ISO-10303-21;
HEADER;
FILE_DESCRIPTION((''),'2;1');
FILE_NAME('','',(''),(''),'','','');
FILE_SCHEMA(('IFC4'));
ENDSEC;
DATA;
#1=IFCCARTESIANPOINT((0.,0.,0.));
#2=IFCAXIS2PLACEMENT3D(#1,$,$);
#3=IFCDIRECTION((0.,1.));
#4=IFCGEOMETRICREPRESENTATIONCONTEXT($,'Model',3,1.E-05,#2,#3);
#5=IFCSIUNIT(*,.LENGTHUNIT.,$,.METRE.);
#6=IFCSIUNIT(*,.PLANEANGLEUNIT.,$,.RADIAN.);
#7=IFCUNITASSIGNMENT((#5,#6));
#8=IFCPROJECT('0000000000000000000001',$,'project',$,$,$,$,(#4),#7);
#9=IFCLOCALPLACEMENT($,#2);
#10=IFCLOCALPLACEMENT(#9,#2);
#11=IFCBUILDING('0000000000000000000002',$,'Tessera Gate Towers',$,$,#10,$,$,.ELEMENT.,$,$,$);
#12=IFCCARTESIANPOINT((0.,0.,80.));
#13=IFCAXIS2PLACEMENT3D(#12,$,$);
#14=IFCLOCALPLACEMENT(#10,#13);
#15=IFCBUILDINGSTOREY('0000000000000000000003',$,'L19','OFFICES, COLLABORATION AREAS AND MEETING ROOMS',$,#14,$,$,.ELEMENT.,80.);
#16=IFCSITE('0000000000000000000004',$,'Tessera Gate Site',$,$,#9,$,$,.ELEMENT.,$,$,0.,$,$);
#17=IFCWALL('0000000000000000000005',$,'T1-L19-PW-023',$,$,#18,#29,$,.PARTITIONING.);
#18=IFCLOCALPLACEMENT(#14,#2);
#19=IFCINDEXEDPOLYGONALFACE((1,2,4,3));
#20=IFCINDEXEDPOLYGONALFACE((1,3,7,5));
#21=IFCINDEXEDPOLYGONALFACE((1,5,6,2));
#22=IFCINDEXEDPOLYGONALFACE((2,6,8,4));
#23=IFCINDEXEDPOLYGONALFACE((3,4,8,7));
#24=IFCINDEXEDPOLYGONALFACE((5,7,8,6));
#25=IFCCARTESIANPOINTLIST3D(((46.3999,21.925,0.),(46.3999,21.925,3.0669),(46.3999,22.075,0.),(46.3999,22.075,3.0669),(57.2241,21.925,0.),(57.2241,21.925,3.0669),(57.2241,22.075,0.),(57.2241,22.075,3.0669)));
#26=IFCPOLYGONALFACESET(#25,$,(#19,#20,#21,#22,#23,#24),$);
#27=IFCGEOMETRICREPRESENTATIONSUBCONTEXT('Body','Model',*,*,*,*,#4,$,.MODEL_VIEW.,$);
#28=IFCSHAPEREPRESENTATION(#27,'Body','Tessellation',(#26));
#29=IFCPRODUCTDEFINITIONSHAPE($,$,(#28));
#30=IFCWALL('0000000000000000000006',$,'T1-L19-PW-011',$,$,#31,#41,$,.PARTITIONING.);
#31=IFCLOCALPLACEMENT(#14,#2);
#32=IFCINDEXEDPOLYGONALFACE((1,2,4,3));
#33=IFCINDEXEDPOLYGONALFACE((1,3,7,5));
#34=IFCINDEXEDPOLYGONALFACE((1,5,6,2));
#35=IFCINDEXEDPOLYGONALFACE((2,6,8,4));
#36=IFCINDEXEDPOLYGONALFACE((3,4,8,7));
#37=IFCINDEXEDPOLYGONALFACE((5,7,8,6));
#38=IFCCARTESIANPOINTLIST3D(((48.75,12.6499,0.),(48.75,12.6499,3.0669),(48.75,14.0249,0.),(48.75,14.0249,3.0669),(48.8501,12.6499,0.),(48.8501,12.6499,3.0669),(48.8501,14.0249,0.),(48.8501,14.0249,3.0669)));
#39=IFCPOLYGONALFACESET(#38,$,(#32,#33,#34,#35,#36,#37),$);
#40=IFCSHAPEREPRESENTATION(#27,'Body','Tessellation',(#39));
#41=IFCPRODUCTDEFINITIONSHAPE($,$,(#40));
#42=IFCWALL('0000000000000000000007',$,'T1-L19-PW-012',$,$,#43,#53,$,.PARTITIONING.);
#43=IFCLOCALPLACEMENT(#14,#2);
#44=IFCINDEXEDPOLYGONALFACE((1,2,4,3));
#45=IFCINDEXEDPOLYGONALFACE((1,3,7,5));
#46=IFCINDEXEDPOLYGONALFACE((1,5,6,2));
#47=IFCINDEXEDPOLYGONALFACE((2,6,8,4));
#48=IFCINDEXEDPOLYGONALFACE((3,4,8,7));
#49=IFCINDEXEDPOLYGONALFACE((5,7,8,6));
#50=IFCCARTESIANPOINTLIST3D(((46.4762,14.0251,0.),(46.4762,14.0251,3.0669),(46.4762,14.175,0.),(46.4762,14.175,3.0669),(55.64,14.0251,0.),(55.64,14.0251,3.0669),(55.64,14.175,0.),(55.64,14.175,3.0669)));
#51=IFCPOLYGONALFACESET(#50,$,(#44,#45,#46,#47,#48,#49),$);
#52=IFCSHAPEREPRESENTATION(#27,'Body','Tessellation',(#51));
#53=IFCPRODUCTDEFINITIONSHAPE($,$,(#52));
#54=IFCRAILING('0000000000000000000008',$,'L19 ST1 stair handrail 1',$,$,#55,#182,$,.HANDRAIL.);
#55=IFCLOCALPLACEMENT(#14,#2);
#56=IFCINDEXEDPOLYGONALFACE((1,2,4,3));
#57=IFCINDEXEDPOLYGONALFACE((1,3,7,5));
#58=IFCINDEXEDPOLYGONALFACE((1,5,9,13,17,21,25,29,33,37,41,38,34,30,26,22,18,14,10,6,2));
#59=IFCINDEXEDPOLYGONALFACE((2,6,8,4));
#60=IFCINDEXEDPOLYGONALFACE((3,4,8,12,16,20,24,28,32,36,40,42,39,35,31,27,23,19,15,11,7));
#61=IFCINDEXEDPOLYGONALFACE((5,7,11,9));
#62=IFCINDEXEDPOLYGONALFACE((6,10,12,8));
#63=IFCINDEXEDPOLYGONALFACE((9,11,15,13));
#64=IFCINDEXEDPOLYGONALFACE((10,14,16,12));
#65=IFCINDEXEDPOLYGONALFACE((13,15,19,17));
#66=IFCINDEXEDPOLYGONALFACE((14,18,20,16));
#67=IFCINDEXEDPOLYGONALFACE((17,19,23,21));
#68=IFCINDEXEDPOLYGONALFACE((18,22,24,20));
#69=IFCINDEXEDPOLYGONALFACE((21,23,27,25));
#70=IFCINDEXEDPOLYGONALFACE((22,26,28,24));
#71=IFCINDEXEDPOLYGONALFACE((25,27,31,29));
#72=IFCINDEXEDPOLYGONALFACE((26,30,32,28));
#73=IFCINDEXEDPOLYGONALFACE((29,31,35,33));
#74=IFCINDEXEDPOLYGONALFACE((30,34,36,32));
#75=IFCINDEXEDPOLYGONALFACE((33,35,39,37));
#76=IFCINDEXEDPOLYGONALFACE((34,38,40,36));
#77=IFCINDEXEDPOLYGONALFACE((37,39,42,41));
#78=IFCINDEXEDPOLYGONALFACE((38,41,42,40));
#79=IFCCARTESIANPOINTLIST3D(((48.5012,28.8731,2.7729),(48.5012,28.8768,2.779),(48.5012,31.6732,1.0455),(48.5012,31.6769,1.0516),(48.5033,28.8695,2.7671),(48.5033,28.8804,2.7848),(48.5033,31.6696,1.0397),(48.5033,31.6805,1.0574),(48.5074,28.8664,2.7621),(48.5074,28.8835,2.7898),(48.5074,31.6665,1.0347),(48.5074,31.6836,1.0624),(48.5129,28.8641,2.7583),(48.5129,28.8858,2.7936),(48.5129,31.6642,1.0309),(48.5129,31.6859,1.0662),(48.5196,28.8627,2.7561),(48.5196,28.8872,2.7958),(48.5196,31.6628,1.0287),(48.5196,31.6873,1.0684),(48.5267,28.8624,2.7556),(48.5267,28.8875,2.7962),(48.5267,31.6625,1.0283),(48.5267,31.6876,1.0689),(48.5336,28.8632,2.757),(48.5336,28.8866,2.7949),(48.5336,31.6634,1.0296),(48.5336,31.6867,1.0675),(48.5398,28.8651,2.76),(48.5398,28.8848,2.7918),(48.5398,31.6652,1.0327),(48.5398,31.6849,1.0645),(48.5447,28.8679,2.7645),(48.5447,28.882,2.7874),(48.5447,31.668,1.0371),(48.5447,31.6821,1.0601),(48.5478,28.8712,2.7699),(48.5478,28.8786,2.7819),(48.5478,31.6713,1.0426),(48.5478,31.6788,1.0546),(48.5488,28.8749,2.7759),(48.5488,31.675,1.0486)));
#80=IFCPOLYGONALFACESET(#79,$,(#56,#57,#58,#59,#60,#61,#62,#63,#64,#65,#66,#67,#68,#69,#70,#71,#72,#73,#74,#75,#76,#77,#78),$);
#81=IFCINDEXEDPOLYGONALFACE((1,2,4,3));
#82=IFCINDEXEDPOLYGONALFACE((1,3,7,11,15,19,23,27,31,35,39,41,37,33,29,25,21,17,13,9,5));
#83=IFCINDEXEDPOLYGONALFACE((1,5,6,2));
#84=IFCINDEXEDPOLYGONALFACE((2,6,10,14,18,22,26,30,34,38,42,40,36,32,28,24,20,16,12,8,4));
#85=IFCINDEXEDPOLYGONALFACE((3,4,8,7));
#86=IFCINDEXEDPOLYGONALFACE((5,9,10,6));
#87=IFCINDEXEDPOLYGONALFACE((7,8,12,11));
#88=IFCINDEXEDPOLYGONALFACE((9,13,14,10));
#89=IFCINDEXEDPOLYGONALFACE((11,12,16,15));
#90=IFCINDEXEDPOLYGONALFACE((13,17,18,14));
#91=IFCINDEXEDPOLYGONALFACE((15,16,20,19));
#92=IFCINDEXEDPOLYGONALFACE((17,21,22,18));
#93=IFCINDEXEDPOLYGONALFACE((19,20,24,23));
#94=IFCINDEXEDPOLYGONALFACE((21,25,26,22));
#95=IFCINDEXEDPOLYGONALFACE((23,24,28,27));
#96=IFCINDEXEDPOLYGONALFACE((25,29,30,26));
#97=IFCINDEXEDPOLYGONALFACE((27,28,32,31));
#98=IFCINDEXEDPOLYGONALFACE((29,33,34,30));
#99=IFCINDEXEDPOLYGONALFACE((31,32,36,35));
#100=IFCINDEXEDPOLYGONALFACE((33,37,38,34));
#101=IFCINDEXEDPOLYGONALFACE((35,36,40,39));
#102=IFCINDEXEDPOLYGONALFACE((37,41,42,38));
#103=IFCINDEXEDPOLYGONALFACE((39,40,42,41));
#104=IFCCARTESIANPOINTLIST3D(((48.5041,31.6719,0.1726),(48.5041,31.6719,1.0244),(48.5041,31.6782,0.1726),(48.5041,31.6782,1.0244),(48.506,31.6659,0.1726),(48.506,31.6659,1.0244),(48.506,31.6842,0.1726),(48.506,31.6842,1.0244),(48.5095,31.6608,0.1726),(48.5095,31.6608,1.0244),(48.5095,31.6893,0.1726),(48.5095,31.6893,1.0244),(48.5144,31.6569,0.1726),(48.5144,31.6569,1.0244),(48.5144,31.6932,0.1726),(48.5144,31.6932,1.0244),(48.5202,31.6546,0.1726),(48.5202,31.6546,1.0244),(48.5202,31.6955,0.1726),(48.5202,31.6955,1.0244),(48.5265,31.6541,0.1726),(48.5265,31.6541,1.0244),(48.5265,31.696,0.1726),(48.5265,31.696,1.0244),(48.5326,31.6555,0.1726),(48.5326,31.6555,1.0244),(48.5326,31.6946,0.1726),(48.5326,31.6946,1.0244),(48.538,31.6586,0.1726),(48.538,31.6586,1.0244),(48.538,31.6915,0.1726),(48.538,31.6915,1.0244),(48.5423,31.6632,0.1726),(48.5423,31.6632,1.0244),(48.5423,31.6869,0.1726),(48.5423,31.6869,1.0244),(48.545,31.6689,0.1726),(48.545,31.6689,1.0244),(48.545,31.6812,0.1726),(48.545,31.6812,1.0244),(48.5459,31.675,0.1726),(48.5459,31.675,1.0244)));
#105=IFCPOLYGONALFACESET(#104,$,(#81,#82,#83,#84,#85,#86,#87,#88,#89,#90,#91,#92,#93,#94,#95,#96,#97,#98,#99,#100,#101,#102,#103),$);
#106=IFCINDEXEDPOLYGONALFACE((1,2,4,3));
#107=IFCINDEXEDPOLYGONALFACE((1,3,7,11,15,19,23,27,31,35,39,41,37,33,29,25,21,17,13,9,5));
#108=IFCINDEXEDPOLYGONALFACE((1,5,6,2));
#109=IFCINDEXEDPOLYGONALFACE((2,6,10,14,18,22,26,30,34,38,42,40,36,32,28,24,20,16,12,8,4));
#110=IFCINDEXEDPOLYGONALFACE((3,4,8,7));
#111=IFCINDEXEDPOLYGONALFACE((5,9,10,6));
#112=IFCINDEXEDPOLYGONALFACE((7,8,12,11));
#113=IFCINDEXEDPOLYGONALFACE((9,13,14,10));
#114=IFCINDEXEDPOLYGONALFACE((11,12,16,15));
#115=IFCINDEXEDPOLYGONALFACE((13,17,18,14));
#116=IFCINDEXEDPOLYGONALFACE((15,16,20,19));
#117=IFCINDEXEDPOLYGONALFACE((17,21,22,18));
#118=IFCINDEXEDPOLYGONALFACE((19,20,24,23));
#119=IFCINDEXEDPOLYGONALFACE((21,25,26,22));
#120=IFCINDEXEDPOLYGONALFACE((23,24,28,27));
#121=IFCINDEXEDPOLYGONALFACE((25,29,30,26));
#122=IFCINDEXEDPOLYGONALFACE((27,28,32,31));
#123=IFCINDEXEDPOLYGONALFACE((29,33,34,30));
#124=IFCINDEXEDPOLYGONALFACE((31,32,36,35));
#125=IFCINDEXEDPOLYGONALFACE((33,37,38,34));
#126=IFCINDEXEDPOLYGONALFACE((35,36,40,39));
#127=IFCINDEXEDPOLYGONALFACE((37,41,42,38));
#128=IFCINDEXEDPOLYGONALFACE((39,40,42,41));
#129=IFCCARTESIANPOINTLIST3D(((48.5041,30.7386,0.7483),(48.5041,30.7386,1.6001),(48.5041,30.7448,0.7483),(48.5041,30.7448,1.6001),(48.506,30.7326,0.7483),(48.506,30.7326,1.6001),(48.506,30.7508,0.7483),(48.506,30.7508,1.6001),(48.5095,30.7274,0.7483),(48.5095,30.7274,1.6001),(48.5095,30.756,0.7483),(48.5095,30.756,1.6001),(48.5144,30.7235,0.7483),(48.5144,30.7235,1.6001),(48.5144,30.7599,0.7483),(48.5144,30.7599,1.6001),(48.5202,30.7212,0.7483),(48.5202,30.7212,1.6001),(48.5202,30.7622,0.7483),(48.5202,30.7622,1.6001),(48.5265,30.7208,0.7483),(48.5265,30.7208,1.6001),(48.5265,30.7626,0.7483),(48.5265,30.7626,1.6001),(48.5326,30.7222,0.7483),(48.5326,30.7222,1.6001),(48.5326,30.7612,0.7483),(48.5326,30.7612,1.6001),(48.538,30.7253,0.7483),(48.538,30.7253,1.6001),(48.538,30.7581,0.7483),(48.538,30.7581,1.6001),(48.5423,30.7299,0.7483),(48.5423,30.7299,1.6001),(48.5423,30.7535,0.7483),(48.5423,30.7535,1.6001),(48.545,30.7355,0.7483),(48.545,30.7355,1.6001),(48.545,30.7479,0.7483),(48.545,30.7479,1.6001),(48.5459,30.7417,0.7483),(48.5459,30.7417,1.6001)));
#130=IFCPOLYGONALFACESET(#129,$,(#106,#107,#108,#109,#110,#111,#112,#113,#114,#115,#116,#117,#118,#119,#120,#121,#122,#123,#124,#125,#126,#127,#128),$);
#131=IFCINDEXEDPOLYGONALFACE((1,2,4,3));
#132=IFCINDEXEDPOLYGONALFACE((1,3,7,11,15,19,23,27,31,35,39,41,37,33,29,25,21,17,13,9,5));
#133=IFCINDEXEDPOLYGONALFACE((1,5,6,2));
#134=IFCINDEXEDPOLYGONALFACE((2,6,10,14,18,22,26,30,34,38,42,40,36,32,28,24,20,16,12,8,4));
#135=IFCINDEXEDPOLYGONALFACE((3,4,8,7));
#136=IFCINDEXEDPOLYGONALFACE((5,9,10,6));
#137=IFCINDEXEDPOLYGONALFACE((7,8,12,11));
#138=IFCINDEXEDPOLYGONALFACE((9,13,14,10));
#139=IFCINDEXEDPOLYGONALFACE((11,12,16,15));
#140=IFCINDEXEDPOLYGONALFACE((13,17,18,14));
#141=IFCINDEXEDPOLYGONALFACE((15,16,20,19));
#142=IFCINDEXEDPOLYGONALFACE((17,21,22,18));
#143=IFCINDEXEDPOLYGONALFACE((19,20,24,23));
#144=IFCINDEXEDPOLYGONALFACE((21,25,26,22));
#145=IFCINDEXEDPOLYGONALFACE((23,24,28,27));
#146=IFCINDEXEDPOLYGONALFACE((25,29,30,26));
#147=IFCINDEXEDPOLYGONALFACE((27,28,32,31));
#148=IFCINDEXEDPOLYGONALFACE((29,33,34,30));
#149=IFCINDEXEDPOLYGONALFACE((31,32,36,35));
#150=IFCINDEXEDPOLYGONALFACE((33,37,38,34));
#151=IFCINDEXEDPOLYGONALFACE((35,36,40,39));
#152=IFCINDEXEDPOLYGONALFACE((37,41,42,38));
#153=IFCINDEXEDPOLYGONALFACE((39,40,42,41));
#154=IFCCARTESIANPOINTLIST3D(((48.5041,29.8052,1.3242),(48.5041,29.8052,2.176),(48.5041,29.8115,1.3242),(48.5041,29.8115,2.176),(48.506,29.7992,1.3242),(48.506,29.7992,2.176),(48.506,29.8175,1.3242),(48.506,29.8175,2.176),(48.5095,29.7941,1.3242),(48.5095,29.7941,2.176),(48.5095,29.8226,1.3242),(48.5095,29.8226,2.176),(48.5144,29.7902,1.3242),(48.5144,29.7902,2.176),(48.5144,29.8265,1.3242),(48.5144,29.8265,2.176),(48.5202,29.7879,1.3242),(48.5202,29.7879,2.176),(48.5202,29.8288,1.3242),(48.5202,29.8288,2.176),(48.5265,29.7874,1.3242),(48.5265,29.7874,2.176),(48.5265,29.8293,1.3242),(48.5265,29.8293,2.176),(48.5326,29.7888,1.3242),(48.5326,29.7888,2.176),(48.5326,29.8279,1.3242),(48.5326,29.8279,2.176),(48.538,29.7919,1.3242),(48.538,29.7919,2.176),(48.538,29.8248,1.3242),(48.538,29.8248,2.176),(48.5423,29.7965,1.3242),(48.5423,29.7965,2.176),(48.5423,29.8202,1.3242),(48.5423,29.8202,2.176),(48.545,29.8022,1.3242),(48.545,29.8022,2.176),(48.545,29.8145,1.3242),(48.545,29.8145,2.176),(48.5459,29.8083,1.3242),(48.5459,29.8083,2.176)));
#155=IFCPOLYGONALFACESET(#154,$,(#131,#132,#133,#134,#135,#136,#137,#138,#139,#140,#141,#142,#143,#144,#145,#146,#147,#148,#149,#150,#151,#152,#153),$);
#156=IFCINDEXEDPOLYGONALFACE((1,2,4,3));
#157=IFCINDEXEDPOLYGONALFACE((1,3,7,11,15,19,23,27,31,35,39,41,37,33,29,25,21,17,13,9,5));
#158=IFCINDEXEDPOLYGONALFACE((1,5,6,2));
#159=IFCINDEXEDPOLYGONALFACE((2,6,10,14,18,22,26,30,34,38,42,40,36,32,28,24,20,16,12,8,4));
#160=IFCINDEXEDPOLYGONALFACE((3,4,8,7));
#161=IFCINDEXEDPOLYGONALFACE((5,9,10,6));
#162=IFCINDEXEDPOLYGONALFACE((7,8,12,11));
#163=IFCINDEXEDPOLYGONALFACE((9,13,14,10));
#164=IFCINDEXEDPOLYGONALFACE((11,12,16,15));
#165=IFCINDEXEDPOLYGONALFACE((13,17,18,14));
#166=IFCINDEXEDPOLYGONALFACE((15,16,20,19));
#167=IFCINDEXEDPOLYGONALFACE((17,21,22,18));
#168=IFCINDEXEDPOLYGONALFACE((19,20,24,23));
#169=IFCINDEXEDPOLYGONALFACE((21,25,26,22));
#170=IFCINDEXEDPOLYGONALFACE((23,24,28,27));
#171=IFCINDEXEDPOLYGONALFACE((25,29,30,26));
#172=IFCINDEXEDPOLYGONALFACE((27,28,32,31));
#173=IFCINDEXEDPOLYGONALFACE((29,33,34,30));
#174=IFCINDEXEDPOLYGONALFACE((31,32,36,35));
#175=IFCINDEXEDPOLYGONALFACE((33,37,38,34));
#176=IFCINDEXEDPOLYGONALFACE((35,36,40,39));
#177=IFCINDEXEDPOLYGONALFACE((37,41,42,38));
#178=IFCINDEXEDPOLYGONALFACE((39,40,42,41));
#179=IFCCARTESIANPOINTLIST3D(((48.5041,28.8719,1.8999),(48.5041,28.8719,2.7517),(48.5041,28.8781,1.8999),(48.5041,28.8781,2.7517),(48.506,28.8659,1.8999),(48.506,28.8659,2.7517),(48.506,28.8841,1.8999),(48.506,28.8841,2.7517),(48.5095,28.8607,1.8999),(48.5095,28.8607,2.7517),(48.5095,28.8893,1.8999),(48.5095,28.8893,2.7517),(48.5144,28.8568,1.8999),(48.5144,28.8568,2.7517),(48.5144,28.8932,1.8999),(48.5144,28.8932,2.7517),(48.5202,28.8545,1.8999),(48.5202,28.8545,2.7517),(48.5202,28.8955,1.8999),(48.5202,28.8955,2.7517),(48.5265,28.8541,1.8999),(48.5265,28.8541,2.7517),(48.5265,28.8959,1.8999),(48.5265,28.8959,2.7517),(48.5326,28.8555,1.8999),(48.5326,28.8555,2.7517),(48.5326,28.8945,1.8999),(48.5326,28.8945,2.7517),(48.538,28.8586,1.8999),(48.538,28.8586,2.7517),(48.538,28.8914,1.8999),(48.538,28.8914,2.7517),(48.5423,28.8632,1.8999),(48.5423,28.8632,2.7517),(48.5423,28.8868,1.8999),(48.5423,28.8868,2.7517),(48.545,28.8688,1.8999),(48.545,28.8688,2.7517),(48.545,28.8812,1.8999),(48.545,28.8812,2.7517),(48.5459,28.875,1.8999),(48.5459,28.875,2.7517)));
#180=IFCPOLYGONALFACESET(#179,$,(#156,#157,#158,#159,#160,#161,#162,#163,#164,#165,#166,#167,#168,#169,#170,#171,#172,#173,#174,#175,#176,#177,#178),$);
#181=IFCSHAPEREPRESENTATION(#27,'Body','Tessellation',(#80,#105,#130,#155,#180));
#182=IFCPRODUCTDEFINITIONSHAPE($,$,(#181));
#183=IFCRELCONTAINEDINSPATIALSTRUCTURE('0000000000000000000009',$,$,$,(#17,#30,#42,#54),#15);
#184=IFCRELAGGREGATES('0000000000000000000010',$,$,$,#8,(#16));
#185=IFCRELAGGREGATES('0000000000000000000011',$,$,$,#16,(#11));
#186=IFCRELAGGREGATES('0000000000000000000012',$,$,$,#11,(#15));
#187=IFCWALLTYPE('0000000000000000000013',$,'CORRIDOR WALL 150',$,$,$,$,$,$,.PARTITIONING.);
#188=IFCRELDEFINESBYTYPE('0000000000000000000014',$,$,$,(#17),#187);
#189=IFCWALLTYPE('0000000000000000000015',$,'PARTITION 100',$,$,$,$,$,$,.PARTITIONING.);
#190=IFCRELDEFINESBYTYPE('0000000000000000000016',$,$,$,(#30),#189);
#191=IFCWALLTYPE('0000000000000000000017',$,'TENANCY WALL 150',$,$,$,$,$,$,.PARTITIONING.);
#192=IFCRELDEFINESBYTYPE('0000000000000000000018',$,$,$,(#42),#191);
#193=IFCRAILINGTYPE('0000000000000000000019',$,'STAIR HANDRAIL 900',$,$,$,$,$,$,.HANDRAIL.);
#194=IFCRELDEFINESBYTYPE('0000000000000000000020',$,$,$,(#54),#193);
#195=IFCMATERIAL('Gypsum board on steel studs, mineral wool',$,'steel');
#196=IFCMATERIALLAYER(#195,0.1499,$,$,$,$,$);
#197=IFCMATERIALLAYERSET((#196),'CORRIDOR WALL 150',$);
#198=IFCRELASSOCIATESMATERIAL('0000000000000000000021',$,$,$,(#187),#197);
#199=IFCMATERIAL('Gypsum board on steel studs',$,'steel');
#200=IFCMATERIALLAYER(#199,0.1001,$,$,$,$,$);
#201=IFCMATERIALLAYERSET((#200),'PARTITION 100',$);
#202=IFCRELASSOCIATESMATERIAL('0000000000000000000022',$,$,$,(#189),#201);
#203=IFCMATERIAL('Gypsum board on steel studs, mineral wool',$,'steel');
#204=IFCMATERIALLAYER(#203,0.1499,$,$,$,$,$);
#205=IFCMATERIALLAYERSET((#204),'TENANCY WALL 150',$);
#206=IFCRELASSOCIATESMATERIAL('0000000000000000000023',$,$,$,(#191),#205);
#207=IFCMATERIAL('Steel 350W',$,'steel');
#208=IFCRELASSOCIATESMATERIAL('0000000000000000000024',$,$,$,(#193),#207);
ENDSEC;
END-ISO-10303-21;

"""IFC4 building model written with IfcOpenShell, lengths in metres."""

from ifc_helpers import new_model, si_unit, direction, frame, frame_2d, origin, origin_2d, place, context, subcontext, project, spatial, rectangle, circle, extrude, material, layer, layer_set, type_object, element, save


model = new_model("IFC4")

# Units and contexts
model_context = context("Model", 3, precision=1e-05, world=origin(), true_north=direction((0.0, 1.0)))
body_context = subcontext(model_context, "Body", "Model", "MODEL_VIEW")
ifc_project = project(units=[si_unit("LENGTHUNIT", "METRE"), si_unit("PLANEANGLEUNIT", "RADIAN")], contexts=[model_context])

# Site, building, storey
site_placement = place(None, origin())
site = spatial("IfcSite", under=ifc_project, at=site_placement, Name="Tessera Gate Site", CompositionType="ELEMENT", RefElevation=0.0)
building_placement = place(site_placement, origin())
building = spatial("IfcBuilding", under=site, at=building_placement, Name="Tessera Gate Towers", CompositionType="ELEMENT")
storey_placement = place(building_placement, frame((0.0, 0.0, 80.0)))
storey = spatial("IfcBuildingStorey", under=building, at=storey_placement, Name="L19", Description="OFFICES, COLLABORATION AREAS AND MEETING ROOMS", CompositionType="ELEMENT", Elevation=80.0)

# Shared definitions
ifc_material_1 = material(Name="Gypsum board on steel studs, mineral wool", Category="steel")
ifc_layer_1 = layer(ifc_material_1, 0.1499)
ifc_layer_set_1 = layer_set([ifc_layer_1], Name="CORRIDOR WALL 150")
wall_type_1 = type_object("IfcWallType", Name="CORRIDOR WALL 150", PredefinedType="PARTITIONING", material=ifc_layer_set_1)

# Walls
wall_1_placement = place(storey_placement, frame((46.3999, 22.0, 0.0), z_axis=(0.0, 0.0, 1.0), x_axis=(1.0, 0.0, 0.0)))
element("IfcWall", 1, at=wall_1_placement, inside=storey, type_object=wall_type_1, Name="T1-L19-PW-023", PredefinedType="PARTITIONING", context=body_context, shape_type="SweptSolid", body=[
    extrude(rectangle(XDim=10.8242, YDim=0.1499, at=frame_2d((5.4121, 0.0))), origin(), (0.0, 0.0, 1.0), 3.0669),
])
ifc_material_2 = material(Name="Gypsum board on steel studs", Category="steel")
ifc_layer_2 = layer(ifc_material_2, 0.1001)
ifc_layer_set_2 = layer_set([ifc_layer_2], Name="PARTITION 100")
wall_type_2 = type_object("IfcWallType", Name="PARTITION 100", PredefinedType="PARTITIONING", material=ifc_layer_set_2)
wall_2_placement = place(storey_placement, frame((48.8, 12.6499, 0.0), z_axis=(0.0, 0.0, 1.0), x_axis=(0.0, 1.0, 0.0)))
element("IfcWall", 2, at=wall_2_placement, inside=storey, type_object=wall_type_2, Name="T1-L19-PW-011", PredefinedType="PARTITIONING", context=body_context, shape_type="SweptSolid", body=[
    extrude(rectangle(XDim=1.375, YDim=0.1001, at=frame_2d((0.6875, 0.0))), origin(), (0.0, 0.0, 1.0), 3.0669),
])
ifc_material_3 = material(Name="Gypsum board on steel studs, mineral wool", Category="steel")
ifc_layer_3 = layer(ifc_material_3, 0.1499)
ifc_layer_set_3 = layer_set([ifc_layer_3], Name="TENANCY WALL 150")
wall_type_3 = type_object("IfcWallType", Name="TENANCY WALL 150", PredefinedType="PARTITIONING", material=ifc_layer_set_3)
wall_3_placement = place(storey_placement, frame((46.4761, 14.1001, 0.0), z_axis=(0.0, 0.0, 1.0), x_axis=(1.0, 0.0, 0.0)))
element("IfcWall", 3, at=wall_3_placement, inside=storey, type_object=wall_type_3, Name="T1-L19-PW-012", PredefinedType="PARTITIONING", context=body_context, shape_type="SweptSolid", body=[
    extrude(rectangle(XDim=9.1638, YDim=0.1499, at=frame_2d((4.582, 0.0))), origin(), (0.0, 0.0, 1.0), 3.0669),
])

# Railing
ifc_material_4 = material(Name="Steel 350W", Category="steel")
railing_type = type_object("IfcRailingType", Name="STAIR HANDRAIL 900", PredefinedType="HANDRAIL", material=ifc_material_4)
railing_placement = place(storey_placement, frame((48.5249, 31.675, 0.1726)))
element("IfcRailing", 4, at=railing_placement, inside=storey, type_object=railing_type, Name="L19 ST1 stair handrail 1", PredefinedType="HANDRAIL", context=body_context, shape_type="SweptSolid", body=[
    extrude(circle(Radius=0.0239, at=origin_2d()), frame((0.0, 0.0, 0.876), z_axis=(0.0, -0.85109, 0.52502), x_axis=(1.0, 0.0, 0.0)), (0.0, 0.0, 1.0), 3.29),
    extrude(circle(Radius=0.021, at=origin_2d()), origin(), (0.0, 0.0, 1.0), 0.8518),
    extrude(circle(Radius=0.021, at=origin_2d()), frame((0.0, -0.9333, 0.5757)), (0.0, 0.0, 1.0), 0.8518),
    extrude(circle(Radius=0.021, at=origin_2d()), frame((0.0, -1.8667, 1.1516)), (0.0, 0.0, 1.0), 0.8518),
    extrude(circle(Radius=0.021, at=origin_2d()), frame((0.0, -2.8, 1.7273)), (0.0, 0.0, 1.0), 0.8518),
])

save(model, "model.ifc")
